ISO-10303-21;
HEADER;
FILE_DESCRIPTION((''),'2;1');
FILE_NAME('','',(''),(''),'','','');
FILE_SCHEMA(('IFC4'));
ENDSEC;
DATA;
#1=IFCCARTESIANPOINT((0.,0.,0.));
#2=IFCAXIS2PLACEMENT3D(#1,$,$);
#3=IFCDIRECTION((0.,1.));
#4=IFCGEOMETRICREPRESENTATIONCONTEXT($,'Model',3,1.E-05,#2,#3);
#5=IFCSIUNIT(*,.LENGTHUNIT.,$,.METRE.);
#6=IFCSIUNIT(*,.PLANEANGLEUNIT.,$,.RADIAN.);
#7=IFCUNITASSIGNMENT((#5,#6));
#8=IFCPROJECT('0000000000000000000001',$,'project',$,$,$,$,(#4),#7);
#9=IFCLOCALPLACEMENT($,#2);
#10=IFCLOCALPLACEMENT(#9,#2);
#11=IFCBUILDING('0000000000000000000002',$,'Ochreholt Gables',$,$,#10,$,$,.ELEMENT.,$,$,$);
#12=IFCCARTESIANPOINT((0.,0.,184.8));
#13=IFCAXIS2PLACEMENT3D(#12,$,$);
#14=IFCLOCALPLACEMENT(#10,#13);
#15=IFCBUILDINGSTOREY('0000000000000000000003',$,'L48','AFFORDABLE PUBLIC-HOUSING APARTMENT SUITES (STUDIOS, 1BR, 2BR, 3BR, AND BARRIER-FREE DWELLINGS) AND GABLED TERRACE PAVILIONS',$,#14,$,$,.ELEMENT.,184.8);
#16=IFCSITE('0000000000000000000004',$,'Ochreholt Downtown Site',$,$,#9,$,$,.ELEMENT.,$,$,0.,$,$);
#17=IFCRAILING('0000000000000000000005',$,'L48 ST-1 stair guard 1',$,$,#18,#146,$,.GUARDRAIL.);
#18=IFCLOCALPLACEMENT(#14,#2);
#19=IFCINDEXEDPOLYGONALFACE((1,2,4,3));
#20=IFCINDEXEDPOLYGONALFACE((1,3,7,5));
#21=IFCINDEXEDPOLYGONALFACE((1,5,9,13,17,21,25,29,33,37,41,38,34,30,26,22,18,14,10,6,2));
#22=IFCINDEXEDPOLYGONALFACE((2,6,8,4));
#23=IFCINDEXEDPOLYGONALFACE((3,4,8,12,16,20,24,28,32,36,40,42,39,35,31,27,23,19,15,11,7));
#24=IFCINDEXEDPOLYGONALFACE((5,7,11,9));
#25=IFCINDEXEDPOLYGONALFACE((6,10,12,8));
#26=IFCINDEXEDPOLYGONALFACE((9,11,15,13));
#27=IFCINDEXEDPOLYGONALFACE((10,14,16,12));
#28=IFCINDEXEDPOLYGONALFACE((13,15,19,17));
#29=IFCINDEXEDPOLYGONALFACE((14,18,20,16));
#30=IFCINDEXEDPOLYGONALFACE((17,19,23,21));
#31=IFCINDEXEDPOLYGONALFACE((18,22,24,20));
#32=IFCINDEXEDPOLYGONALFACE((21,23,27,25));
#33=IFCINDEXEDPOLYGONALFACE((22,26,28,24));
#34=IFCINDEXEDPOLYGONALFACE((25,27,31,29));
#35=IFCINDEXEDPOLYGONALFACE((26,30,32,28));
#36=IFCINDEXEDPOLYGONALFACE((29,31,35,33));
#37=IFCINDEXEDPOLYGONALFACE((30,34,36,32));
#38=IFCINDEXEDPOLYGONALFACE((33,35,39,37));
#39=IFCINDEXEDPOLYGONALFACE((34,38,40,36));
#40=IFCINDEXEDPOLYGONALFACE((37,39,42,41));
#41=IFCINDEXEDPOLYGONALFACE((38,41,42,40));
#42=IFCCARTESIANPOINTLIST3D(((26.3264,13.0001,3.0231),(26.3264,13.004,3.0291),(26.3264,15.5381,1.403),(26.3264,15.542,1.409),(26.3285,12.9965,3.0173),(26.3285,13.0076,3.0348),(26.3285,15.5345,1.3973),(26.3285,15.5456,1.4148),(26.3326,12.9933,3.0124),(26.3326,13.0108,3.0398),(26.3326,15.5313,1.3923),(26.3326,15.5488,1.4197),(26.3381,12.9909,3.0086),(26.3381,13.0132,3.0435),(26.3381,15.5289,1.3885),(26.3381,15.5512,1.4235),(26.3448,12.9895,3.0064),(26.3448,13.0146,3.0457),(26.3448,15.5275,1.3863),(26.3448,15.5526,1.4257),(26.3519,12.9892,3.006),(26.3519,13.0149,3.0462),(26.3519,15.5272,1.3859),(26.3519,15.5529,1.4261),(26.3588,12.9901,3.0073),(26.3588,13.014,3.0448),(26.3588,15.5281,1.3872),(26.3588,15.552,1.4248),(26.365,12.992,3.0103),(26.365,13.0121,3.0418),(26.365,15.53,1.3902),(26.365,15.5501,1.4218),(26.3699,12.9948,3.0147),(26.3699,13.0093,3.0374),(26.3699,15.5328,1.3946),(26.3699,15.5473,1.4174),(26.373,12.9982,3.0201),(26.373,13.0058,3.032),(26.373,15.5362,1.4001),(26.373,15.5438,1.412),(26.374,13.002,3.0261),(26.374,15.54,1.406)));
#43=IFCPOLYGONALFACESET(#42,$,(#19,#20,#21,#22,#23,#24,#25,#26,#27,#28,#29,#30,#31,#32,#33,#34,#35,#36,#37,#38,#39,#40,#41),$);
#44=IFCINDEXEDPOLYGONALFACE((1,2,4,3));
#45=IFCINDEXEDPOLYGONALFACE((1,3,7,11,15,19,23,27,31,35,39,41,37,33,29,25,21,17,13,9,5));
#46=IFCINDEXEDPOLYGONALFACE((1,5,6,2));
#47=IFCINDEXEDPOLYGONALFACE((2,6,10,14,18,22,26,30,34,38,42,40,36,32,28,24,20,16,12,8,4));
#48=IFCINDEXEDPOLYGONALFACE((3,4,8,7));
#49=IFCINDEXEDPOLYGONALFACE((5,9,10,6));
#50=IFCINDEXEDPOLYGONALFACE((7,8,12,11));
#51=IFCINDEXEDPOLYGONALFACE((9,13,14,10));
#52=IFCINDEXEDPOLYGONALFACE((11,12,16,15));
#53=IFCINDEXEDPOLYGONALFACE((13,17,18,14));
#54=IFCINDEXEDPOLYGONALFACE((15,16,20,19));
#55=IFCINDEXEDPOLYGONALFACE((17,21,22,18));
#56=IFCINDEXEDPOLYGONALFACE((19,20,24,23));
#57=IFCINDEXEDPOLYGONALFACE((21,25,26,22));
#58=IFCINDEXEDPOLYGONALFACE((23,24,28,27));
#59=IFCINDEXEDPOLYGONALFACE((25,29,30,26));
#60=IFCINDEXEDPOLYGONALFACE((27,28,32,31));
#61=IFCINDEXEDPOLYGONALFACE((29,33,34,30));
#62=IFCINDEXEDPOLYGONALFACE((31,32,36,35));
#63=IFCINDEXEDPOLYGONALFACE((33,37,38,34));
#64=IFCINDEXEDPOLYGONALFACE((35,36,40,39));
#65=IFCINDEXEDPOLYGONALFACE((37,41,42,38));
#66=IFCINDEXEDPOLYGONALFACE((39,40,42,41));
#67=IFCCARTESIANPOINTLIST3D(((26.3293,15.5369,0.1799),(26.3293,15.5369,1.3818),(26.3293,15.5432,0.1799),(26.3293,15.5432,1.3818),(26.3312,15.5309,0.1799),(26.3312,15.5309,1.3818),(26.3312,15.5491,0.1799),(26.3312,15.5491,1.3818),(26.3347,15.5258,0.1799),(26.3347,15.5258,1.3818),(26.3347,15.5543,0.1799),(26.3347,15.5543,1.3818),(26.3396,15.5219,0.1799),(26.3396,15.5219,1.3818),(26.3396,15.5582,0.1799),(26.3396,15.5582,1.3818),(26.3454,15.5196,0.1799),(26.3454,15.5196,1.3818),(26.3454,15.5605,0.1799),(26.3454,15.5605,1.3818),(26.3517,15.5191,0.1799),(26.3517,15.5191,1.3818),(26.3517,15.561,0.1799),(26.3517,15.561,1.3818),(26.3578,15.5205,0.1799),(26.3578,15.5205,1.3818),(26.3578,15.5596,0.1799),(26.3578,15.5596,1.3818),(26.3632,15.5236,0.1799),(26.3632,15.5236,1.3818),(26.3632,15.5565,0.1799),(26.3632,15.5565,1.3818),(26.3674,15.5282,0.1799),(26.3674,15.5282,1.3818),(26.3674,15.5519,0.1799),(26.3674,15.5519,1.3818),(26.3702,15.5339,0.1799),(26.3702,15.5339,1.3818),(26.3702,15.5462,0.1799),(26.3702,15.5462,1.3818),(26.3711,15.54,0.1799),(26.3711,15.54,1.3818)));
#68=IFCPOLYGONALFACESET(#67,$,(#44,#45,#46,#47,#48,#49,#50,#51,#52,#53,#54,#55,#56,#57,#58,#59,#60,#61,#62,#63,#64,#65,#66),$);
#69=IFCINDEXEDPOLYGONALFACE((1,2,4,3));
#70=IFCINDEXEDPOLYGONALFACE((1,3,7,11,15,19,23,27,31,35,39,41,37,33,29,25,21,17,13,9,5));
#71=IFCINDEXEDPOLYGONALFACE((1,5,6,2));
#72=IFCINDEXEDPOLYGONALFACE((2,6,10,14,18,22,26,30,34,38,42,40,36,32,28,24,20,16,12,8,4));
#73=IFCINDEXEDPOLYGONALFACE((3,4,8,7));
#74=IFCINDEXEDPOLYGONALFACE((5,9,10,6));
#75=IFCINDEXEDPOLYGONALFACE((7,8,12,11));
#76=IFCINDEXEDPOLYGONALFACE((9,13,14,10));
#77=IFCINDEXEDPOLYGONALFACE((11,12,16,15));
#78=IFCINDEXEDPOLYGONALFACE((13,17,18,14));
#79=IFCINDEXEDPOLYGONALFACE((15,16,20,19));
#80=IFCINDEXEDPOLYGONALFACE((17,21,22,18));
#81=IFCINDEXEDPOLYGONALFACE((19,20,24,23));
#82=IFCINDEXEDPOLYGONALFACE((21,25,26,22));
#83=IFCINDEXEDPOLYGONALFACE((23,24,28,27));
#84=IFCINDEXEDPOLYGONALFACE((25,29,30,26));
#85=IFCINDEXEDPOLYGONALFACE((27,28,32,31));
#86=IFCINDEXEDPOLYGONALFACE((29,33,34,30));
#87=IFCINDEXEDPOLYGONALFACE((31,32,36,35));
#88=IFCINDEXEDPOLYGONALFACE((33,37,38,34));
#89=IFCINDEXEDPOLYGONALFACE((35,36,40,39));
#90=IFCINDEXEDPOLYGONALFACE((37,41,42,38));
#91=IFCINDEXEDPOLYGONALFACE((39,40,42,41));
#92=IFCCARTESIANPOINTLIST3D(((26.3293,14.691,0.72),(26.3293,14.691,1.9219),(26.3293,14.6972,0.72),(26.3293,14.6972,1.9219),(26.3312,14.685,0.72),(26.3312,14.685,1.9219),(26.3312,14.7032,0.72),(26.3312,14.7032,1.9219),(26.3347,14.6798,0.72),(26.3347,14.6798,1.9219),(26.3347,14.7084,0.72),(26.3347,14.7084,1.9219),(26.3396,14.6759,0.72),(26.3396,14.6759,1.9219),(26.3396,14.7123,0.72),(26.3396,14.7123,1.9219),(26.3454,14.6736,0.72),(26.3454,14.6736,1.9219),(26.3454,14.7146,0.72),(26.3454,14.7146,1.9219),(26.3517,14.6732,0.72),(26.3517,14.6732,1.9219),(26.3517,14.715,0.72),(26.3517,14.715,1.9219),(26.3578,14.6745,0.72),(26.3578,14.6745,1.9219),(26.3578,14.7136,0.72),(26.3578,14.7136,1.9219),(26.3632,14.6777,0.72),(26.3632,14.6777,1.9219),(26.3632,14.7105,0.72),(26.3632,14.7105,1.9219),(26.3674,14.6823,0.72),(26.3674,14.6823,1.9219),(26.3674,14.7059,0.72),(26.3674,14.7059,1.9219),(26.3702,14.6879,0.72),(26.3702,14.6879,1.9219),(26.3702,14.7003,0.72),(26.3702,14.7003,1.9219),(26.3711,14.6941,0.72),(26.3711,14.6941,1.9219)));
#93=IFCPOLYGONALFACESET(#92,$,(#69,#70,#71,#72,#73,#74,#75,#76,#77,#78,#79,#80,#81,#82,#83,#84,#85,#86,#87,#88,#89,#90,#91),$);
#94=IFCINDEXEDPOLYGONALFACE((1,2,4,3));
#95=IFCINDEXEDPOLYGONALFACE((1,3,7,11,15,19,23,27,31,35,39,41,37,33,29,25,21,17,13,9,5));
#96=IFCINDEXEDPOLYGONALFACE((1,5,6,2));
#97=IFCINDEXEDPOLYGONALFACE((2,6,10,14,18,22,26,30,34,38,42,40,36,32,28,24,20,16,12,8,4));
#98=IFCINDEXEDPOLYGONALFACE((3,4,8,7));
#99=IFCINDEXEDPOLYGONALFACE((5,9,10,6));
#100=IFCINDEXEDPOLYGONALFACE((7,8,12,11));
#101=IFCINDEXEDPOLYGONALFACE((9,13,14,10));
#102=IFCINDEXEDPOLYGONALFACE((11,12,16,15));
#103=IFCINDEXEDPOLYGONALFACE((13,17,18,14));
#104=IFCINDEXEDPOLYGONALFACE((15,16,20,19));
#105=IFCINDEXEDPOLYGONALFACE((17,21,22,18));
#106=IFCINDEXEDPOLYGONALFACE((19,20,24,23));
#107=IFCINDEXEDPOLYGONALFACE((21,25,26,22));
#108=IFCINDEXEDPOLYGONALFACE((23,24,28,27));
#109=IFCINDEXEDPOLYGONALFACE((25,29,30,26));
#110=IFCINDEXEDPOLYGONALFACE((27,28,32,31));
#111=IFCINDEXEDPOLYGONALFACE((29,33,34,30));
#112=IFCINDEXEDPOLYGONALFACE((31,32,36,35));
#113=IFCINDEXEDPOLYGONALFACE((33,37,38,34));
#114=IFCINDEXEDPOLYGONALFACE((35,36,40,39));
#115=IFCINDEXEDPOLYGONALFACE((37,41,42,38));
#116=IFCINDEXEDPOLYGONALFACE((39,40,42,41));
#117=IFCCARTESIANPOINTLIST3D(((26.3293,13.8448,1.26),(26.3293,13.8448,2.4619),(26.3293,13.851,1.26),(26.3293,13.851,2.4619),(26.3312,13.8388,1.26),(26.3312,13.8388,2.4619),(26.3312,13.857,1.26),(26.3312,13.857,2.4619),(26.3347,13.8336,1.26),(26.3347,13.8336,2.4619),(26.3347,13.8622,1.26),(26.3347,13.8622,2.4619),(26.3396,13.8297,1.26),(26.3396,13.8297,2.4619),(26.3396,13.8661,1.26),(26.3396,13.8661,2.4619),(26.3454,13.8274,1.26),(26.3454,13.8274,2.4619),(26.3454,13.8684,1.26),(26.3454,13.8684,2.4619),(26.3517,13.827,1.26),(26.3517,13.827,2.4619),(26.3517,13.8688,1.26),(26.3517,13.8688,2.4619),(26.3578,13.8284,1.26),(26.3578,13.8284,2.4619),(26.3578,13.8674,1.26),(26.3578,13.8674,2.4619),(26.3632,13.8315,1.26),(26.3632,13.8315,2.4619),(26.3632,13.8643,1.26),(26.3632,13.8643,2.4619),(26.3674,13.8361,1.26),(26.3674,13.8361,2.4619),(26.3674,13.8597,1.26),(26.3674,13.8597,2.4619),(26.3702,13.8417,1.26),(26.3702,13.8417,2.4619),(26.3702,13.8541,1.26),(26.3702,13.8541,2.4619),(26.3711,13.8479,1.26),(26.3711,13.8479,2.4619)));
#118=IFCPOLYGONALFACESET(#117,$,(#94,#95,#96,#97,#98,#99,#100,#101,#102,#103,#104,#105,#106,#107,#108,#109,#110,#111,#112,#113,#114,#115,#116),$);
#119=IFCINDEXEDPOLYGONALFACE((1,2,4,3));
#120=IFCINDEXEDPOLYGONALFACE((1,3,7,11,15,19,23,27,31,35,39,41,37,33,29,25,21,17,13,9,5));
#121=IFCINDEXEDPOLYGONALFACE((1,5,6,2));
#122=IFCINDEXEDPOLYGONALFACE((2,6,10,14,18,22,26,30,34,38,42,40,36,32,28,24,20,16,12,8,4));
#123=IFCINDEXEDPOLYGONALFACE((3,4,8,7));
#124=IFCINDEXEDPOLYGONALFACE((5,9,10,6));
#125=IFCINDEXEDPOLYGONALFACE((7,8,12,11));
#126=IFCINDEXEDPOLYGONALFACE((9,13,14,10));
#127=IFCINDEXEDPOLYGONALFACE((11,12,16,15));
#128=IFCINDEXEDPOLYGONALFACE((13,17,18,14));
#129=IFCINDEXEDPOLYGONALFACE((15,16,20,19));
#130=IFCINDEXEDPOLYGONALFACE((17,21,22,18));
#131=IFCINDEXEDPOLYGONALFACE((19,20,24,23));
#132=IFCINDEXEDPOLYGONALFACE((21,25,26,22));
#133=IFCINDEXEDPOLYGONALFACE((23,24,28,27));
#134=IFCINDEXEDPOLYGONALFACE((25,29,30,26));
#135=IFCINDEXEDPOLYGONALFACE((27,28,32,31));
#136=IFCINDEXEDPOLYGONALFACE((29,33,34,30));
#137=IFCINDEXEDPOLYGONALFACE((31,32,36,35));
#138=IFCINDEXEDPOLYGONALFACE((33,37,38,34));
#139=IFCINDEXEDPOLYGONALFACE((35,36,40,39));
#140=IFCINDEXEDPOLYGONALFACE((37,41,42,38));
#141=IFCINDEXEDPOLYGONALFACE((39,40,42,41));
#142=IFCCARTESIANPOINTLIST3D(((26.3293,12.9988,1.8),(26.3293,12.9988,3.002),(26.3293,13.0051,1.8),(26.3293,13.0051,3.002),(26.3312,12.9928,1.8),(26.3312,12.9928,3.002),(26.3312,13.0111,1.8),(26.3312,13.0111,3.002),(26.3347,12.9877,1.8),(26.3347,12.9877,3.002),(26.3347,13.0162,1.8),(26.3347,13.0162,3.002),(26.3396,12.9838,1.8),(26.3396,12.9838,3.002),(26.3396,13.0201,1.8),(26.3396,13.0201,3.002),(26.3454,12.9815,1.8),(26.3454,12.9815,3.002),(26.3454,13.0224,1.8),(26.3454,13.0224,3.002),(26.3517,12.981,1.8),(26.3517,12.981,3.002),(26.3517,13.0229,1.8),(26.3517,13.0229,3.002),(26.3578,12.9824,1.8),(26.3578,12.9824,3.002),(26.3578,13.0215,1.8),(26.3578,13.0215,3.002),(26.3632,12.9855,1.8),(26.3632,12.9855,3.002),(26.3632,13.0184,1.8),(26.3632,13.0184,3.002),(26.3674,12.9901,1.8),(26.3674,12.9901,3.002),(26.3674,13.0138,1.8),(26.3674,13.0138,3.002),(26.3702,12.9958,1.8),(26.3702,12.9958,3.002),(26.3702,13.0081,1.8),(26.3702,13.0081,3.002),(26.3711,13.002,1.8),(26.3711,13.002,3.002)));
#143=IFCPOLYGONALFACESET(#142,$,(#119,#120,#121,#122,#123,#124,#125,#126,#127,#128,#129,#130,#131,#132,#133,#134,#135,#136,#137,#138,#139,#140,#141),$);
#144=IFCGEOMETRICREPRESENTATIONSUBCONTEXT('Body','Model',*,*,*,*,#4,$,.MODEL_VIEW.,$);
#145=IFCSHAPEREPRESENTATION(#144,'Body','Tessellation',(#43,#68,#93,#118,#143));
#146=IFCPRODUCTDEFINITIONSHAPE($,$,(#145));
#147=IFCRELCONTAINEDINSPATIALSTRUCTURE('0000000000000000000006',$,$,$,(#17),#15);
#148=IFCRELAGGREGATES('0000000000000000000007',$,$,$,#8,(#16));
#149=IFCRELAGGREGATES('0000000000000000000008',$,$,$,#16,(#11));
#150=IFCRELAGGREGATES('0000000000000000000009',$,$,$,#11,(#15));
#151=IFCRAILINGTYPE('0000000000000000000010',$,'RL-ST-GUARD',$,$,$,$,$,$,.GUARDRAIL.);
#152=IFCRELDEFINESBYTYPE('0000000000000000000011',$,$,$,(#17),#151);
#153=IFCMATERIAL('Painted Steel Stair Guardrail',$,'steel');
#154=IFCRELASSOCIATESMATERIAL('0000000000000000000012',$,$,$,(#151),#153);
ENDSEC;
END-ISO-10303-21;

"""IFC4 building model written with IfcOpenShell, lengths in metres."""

from ifc_helpers import new_model, si_unit, direction, frame, origin, origin_2d, place, context, subcontext, project, spatial, circle, extrude, material, type_object, element, save


model = new_model("IFC4")

# Units and contexts
model_context = context("Model", 3, precision=1e-05, world=origin(), true_north=direction((0.0, 1.0)))
body_context = subcontext(model_context, "Body", "Model", "MODEL_VIEW")
ifc_project = project(units=[si_unit("LENGTHUNIT", "METRE"), si_unit("PLANEANGLEUNIT", "RADIAN")], contexts=[model_context])

# Site, building, storey
site_placement = place(None, origin())
site = spatial("IfcSite", under=ifc_project, at=site_placement, Name="Ochreholt Downtown Site", CompositionType="ELEMENT", RefElevation=0.0)
building_placement = place(site_placement, origin())
building = spatial("IfcBuilding", under=site, at=building_placement, Name="Ochreholt Gables", CompositionType="ELEMENT")
storey_placement = place(building_placement, frame((0.0, 0.0, 184.8)))
storey = spatial("IfcBuildingStorey", under=building, at=storey_placement, Name="L48", Description="AFFORDABLE PUBLIC-HOUSING APARTMENT SUITES (STUDIOS, 1BR, 2BR, 3BR, AND BARRIER-FREE DWELLINGS) AND GABLED TERRACE PAVILIONS", CompositionType="ELEMENT", Elevation=184.8)

# Railing
ifc_material_1 = material(Name="Painted Steel Stair Guardrail", Category="steel")
railing_type = type_object("IfcRailingType", Name="RL-ST-GUARD", PredefinedType="GUARDRAIL", material=ifc_material_1)
railing_1_placement = place(storey_placement, frame((26.3501, 15.54, 0.1799)))
element("IfcRailing", 1, at=railing_1_placement, inside=storey, type_object=railing_type, Name="L48 ST-1 stair guard 1", PredefinedType="GUARDRAIL", context=body_context, shape_type="SweptSolid", body=[
    extrude(circle(Radius=0.0239, at=origin_2d()), frame((0.0, 0.0, 1.2261), z_axis=(0.0, -0.842913, 0.53805), x_axis=(1.0, 0.0, 0.0)), (0.0, 0.0, 1.0), 3.011),
    extrude(circle(Radius=0.021, at=origin_2d()), origin(), (0.0, 0.0, 1.0), 1.2019),
    extrude(circle(Radius=0.021, at=origin_2d()), frame((0.0, -0.8459, 0.54)), (0.0, 0.0, 1.0), 1.2019),
    extrude(circle(Radius=0.021, at=origin_2d()), frame((0.0, -1.6921, 1.0801)), (0.0, 0.0, 1.0), 1.2019),
    extrude(circle(Radius=0.021, at=origin_2d()), frame((0.0, -2.5381, 1.6201)), (0.0, 0.0, 1.0), 1.2019),
])

save(model, "model.ifc")
